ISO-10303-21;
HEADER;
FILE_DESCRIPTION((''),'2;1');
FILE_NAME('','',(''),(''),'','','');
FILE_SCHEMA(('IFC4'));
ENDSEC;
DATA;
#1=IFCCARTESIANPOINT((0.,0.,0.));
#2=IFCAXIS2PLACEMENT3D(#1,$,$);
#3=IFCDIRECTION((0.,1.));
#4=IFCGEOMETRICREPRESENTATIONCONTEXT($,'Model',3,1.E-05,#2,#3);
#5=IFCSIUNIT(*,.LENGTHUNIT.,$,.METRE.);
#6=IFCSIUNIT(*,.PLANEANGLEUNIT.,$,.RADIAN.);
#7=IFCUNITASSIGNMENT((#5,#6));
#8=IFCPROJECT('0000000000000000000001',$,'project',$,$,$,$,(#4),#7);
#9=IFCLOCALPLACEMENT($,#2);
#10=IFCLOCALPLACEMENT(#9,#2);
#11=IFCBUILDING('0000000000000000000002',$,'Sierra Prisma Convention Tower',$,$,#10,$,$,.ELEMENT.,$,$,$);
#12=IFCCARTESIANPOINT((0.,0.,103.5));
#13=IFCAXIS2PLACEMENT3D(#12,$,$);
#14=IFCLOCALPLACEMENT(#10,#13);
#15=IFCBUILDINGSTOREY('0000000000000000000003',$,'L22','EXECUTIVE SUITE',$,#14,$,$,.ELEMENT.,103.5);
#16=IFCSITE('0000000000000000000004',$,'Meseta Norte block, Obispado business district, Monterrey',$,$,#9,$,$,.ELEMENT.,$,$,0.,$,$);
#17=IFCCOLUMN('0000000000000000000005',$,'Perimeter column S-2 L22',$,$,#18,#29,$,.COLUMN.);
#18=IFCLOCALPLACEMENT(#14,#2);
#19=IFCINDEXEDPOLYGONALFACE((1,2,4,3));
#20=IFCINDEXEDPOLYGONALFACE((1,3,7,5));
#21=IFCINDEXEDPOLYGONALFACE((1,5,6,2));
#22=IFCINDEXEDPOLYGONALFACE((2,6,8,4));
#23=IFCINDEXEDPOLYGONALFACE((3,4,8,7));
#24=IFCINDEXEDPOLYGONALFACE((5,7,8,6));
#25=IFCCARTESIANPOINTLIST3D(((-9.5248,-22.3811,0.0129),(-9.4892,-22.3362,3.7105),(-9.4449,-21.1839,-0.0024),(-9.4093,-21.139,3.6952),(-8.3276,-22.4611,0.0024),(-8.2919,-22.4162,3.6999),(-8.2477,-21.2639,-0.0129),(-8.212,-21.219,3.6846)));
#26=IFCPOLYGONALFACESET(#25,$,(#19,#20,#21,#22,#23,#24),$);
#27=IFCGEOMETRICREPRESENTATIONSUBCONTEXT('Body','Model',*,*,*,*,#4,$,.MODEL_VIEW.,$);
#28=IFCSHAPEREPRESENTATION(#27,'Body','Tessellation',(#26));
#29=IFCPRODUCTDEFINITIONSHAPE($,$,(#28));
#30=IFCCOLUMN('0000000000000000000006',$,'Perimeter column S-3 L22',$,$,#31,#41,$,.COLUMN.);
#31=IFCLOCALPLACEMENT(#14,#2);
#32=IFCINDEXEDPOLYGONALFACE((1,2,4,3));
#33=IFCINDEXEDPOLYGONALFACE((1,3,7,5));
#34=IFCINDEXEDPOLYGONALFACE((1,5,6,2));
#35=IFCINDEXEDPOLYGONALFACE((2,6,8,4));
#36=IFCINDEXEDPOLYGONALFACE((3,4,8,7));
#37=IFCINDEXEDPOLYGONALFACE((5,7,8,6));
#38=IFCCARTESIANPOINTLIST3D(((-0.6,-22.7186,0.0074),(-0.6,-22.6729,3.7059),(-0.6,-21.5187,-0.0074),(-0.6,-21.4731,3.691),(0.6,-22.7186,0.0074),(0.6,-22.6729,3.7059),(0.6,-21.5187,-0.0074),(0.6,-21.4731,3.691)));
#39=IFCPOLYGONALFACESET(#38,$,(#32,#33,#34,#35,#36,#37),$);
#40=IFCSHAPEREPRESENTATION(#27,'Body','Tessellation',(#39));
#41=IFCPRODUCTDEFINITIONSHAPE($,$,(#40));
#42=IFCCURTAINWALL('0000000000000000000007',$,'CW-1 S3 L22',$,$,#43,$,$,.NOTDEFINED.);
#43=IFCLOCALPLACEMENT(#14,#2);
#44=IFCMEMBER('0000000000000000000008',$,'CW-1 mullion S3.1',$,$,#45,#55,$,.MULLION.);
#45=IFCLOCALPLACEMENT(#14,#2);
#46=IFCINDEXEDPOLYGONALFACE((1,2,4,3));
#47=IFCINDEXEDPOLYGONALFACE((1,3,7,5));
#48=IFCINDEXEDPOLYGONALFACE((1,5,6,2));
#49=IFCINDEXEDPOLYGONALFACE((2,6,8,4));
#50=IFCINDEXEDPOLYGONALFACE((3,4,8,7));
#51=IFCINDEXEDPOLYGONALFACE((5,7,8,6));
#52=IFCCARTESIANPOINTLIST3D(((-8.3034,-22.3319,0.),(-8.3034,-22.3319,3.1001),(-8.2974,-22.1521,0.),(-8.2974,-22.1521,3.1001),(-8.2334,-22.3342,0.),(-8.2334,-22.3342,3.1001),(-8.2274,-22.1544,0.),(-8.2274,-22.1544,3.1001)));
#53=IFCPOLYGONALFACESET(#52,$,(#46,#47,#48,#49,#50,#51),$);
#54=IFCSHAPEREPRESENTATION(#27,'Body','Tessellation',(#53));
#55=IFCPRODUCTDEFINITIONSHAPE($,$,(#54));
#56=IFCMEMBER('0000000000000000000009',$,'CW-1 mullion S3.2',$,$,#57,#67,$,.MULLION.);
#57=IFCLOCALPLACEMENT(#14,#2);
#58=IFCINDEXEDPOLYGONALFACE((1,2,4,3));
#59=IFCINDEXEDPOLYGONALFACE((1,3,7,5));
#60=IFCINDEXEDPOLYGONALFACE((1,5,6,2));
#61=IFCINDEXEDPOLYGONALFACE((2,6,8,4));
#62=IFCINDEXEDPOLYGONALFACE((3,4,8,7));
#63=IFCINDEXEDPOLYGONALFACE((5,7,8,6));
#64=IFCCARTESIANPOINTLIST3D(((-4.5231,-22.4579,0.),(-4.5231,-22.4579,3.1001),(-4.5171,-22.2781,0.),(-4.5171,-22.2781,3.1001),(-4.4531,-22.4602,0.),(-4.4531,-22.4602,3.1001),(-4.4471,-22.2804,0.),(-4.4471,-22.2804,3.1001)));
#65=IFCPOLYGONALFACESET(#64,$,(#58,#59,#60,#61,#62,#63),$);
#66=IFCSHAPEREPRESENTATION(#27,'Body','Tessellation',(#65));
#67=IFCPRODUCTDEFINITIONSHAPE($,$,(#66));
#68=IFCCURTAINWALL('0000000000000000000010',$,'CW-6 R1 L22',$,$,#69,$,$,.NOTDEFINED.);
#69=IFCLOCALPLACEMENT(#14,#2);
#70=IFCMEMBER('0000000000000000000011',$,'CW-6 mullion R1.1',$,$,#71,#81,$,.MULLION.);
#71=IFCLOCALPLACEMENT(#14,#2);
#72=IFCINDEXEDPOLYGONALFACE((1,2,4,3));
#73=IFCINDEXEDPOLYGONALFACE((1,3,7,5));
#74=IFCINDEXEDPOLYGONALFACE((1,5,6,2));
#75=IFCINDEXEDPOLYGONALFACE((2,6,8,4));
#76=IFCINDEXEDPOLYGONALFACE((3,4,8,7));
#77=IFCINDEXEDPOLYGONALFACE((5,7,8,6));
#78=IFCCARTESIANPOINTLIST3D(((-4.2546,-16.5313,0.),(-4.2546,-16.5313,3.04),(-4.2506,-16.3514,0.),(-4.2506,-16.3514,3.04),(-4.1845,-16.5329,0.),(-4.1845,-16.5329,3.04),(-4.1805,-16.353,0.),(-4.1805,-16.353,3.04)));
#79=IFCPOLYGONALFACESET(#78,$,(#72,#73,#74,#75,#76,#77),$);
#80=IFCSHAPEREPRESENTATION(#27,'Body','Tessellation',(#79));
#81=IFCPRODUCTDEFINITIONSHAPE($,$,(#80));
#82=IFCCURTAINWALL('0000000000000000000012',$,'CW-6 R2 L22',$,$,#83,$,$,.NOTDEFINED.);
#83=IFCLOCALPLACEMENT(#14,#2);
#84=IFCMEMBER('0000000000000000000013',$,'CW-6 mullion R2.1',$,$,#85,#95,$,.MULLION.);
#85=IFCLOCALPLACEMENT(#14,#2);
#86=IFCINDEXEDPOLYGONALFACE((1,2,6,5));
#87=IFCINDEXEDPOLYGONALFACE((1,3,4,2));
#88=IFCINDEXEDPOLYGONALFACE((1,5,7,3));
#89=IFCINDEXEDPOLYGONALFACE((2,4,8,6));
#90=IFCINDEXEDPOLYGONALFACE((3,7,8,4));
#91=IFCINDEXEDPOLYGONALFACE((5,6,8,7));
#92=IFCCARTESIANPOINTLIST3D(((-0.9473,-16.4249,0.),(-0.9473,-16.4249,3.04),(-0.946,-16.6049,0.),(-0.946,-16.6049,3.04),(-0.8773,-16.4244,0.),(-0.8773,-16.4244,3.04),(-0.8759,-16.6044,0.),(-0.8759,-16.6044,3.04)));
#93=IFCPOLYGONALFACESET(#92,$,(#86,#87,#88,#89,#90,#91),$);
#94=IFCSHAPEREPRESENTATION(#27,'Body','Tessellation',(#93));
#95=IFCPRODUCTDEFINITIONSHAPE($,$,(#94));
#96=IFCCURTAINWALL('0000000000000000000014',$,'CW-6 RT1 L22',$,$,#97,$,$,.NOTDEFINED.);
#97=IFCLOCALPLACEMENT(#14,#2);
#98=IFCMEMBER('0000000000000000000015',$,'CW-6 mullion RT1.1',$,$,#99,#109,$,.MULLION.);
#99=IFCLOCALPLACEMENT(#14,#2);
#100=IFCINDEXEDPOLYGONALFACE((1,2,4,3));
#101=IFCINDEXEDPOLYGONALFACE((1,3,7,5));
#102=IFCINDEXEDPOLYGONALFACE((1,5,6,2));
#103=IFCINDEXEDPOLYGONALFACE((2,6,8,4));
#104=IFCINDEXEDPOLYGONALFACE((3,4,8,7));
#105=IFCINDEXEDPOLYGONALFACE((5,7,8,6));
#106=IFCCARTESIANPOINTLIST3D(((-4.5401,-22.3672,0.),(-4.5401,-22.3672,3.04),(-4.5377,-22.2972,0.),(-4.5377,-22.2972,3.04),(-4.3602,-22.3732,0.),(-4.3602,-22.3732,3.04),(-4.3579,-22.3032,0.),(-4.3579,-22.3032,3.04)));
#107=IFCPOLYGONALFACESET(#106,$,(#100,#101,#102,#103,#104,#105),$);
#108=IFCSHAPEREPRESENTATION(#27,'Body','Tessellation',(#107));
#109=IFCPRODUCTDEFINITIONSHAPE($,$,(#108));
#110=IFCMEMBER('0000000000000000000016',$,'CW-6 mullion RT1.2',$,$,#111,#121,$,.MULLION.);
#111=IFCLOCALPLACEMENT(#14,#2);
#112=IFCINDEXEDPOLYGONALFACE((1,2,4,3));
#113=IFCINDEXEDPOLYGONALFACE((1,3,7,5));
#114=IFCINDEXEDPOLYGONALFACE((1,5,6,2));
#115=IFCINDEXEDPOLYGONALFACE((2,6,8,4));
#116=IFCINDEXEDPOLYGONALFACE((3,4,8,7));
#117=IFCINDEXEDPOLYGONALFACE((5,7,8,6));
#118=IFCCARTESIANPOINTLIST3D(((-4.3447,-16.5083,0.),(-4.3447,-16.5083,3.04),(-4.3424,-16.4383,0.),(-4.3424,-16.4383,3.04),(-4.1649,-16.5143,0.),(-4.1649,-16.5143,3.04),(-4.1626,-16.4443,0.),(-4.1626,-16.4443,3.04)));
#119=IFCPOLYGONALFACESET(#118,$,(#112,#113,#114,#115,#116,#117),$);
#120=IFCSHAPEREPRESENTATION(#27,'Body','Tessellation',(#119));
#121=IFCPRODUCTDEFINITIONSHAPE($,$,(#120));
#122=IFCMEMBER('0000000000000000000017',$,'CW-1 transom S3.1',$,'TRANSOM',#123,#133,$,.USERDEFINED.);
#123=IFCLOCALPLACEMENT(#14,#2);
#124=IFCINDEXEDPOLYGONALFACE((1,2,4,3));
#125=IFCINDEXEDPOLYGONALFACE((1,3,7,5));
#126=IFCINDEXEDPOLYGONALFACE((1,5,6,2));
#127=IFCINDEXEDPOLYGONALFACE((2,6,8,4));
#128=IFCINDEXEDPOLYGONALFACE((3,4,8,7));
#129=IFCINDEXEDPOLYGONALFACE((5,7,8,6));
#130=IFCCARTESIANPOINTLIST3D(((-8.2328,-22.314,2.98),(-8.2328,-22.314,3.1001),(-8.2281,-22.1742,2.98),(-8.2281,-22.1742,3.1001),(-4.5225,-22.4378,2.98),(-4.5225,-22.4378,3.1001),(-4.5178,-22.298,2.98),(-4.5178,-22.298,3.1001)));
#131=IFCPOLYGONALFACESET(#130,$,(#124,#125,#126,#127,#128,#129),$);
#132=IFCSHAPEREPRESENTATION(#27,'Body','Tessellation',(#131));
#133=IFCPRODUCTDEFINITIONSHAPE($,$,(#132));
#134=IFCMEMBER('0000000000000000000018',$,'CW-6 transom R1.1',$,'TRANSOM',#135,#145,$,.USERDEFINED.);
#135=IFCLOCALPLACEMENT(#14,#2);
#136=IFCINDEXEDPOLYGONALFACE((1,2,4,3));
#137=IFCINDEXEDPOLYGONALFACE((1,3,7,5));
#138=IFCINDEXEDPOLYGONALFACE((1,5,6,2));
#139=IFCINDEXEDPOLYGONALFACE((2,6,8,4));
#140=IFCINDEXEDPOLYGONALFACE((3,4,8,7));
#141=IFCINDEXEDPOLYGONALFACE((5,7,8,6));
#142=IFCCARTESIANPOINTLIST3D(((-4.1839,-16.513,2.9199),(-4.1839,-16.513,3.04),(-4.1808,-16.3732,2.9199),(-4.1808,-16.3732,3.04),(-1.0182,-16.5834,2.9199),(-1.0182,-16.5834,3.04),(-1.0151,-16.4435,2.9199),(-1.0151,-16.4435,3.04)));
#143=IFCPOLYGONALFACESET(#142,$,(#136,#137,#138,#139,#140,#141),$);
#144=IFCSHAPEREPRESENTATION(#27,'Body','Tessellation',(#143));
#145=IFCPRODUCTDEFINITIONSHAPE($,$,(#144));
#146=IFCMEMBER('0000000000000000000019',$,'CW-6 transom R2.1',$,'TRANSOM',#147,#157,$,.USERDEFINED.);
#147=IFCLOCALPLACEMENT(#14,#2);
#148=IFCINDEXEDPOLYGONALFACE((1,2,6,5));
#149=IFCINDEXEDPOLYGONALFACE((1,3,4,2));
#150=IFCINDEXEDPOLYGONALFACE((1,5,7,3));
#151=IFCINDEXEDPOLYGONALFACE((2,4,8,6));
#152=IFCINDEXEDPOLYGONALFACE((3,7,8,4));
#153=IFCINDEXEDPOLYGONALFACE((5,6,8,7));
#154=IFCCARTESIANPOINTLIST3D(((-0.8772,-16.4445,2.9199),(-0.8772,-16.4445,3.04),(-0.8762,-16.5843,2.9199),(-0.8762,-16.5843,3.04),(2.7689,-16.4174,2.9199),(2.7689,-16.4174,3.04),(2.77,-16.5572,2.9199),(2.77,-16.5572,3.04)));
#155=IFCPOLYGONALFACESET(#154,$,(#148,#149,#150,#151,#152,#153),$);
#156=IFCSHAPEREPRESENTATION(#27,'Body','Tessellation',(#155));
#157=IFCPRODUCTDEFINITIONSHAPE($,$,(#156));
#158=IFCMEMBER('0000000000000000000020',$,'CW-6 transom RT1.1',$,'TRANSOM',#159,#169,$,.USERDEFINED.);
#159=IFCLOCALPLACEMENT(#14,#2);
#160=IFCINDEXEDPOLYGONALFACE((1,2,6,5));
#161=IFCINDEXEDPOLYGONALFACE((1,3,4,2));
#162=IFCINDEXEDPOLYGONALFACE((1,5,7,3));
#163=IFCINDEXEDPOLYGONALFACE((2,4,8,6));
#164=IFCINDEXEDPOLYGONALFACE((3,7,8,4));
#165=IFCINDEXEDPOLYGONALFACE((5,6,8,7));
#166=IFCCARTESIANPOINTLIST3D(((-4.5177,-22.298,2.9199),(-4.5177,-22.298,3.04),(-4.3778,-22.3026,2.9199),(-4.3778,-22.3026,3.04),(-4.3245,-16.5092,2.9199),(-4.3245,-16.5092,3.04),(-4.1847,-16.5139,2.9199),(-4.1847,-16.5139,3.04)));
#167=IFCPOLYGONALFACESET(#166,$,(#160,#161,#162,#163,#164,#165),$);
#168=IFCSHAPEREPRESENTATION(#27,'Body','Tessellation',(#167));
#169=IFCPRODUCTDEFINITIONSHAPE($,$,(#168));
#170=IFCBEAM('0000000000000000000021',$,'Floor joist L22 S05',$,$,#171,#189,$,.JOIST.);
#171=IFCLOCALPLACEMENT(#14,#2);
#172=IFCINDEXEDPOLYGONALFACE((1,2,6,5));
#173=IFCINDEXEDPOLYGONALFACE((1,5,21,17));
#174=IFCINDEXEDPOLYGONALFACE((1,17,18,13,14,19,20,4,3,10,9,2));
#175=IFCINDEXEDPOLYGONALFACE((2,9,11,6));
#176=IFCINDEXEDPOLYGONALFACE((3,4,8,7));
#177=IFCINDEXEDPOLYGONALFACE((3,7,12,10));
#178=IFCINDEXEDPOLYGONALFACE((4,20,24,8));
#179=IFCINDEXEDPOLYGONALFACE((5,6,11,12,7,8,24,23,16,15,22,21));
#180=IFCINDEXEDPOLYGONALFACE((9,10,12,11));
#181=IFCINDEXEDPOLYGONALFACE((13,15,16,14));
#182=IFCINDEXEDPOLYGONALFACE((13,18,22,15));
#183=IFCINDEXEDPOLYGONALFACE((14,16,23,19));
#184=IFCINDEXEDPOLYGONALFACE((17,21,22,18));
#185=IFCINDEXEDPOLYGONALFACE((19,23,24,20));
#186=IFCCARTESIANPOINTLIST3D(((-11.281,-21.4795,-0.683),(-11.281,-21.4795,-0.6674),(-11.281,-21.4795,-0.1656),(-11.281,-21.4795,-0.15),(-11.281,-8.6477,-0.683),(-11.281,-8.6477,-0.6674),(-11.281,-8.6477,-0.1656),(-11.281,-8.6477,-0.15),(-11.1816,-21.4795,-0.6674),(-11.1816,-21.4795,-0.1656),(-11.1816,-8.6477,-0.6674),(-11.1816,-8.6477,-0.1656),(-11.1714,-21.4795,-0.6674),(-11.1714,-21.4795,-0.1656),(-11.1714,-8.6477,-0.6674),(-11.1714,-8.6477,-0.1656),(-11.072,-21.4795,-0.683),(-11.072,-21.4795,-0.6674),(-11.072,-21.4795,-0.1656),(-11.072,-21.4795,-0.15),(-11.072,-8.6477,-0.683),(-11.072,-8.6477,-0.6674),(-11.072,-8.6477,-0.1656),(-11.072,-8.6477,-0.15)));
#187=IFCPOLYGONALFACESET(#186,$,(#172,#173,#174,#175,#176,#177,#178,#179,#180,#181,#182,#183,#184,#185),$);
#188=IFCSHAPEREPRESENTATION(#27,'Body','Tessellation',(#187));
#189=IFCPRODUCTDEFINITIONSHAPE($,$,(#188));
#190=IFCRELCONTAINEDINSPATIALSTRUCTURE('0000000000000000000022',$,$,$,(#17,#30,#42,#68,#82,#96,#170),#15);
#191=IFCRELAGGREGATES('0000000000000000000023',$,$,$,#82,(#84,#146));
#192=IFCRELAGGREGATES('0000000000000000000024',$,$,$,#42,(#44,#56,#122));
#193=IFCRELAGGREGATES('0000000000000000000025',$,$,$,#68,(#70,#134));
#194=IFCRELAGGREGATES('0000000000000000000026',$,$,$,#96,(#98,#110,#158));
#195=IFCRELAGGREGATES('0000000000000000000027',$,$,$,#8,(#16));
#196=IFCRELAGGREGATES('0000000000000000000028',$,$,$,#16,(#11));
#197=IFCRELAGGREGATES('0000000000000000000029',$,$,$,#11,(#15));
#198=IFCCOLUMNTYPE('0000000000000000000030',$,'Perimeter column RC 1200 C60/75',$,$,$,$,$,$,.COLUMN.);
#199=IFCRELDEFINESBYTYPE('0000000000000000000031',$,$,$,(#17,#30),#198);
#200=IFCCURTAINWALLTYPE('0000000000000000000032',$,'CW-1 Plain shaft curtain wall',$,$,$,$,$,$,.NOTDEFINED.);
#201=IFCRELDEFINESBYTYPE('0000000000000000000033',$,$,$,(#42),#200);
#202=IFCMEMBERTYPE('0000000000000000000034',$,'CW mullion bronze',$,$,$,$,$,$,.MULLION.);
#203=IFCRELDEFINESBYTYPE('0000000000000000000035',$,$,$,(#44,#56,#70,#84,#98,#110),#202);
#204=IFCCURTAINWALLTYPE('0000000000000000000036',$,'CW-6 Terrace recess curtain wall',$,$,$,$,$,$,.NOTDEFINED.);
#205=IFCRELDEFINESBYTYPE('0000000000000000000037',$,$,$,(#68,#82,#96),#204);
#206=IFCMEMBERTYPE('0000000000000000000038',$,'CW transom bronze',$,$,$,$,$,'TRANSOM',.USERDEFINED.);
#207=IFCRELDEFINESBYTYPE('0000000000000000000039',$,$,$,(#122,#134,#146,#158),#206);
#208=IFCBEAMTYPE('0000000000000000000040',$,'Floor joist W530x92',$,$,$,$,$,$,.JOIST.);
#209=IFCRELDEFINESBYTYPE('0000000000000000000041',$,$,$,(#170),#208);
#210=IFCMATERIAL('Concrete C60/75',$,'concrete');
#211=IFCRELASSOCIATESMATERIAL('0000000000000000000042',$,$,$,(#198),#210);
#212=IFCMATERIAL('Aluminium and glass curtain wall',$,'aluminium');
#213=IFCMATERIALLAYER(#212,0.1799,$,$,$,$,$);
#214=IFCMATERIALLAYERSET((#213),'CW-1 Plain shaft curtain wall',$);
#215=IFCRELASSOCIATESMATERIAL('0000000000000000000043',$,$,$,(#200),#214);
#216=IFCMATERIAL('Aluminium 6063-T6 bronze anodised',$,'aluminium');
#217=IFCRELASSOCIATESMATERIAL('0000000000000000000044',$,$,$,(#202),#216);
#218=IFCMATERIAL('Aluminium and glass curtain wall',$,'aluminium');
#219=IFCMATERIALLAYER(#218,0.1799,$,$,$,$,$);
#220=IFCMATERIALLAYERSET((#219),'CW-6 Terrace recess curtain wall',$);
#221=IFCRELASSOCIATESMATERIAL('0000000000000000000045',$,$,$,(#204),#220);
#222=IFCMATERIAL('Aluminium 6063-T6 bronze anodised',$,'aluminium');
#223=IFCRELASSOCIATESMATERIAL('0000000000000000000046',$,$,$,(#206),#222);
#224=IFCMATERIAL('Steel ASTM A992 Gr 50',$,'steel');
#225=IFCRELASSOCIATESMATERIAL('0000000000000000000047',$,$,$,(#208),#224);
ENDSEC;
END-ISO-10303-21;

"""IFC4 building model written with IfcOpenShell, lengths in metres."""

from ifc_helpers import new_model, si_unit, direction, frame, origin, origin_2d, place, context, subcontext, project, spatial, rectangle, i_section, extrude, clip, halfspace, material, layer, layer_set, material_profile, profile_set, type_object, element, aggregate, save


model = new_model("IFC4")

# Units and contexts
model_context = context("Model", 3, precision=1e-05, world=origin(), true_north=direction((0.0, 1.0)))
body_context = subcontext(model_context, "Body", "Model", "MODEL_VIEW")
ifc_project = project(units=[si_unit("LENGTHUNIT", "METRE"), si_unit("PLANEANGLEUNIT", "RADIAN")], contexts=[model_context])

# Site, building, storey
site_placement = place(None, origin())
site = spatial("IfcSite", under=ifc_project, at=site_placement, Name="Meseta Norte block, Obispado business district, Monterrey", CompositionType="ELEMENT", RefElevation=0.0)
building_placement = place(site_placement, origin())
building = spatial("IfcBuilding", under=site, at=building_placement, Name="Sierra Prisma Convention Tower", CompositionType="ELEMENT")
storey_placement = place(building_placement, frame((0.0, 0.0, 103.5)))
storey = spatial("IfcBuildingStorey", under=building, at=storey_placement, Name="L22", Description="EXECUTIVE SUITE", CompositionType="ELEMENT", Elevation=103.5)

# Columns
ifc_material_1 = material(Name="Concrete C60/75", Category="concrete")
ifc_material_profile_1 = material_profile(ifc_material_1, rectangle(XDim=1.2, YDim=1.2, at=origin_2d()), Name="Perimeter column RC 1200 C60/75")
ifc_profile_set_1 = profile_set([ifc_material_profile_1], Name="Concrete C60/75")
column_type = type_object("IfcColumnType", Name="Perimeter column RC 1200 C60/75", PredefinedType="COLUMN", material=ifc_profile_set_1)
column_1_placement = place(storey_placement, frame((-8.8862, -21.8225, 0.0), z_axis=(0.009633, 0.01214, 0.99988), x_axis=(-0.997734, 0.066703, 0.008802)))
element("IfcColumn", 1, at=column_1_placement, inside=storey, type_object=column_type, Name="Perimeter column S-2 L22", PredefinedType="COLUMN", context=body_context, shape_type="SweptSolid", body=[
    clip(extrude(rectangle(XDim=1.2, YDim=1.2, at=origin_2d()), origin(), (0.0, 0.0, 1.0), 3.7004), halfspace(frame((0.0, 0.0, 3.698)), False)),
])
column_2_placement = place(storey_placement, frame((0.0, -22.1187, 0.0), z_axis=(0.0, 0.012338, 0.999924), x_axis=(1.0, 0.0, 0.0)))
element("IfcColumn", 2, at=column_2_placement, inside=storey, type_object=column_type, Name="Perimeter column S-3 L22", PredefinedType="COLUMN", context=body_context, shape_type="SweptSolid", body=[
    clip(extrude(rectangle(XDim=1.2, YDim=1.2, at=origin_2d()), origin(), (0.0, 0.0, 1.0), 3.7002), halfspace(frame((0.0, 0.0, 3.6987)), False)),
])

# Curtain wall, members
ifc_material_2 = material(Name="Aluminium and glass curtain wall", Category="aluminium")
ifc_layer_1 = layer(ifc_material_2, 0.1799)
ifc_layer_set_1 = layer_set([ifc_layer_1], Name="CW-1 Plain shaft curtain wall")
curtain_wall_type_1 = type_object("IfcCurtainWallType", Name="CW-1 Plain shaft curtain wall", PredefinedType="NOTDEFINED", material=ifc_layer_set_1)
curtain_wall_1_placement = place(storey_placement, origin())
curtain_wall_1 = element("IfcCurtainWall", 3, at=curtain_wall_1_placement, inside=storey, type_object=curtain_wall_type_1, Name="CW-1 S3 L22", PredefinedType="NOTDEFINED")
ifc_material_3 = material(Name="Aluminium 6063-T6 bronze anodised", Category="aluminium")
ifc_material_profile_2 = material_profile(ifc_material_3, rectangle(XDim=0.1799, YDim=0.0701, at=origin_2d()), Name="ALU MULLION 70x180")
ifc_profile_set_2 = profile_set([ifc_material_profile_2], Name="Aluminium 6063-T6 bronze anodised")
member_type_1 = type_object("IfcMemberType", Name="CW mullion bronze", PredefinedType="MULLION", material=ifc_profile_set_2)
member_1_placement = place(storey_placement, frame((-8.2654, -22.2432, 0.0), z_axis=(0.0, 0.0, 1.0), x_axis=(0.033314, 0.999445, 0.0)))
member_1 = element("IfcMember", 4, at=member_1_placement, type_object=member_type_1, Name="CW-1 mullion S3.1", PredefinedType="MULLION", context=body_context, shape_type="SweptSolid", body=[
    extrude(rectangle(XDim=0.1799, YDim=0.0701, at=origin_2d()), origin(), (0.0, 0.0, 1.0), 3.1001),
])
member_2_placement = place(storey_placement, frame((-4.4851, -22.3691, 0.0), z_axis=(0.0, 0.0, 1.0), x_axis=(0.033314, 0.999445, 0.0)))
member_2 = element("IfcMember", 5, at=member_2_placement, type_object=member_type_1, Name="CW-1 mullion S3.2", PredefinedType="MULLION", context=body_context, shape_type="SweptSolid", body=[
    extrude(rectangle(XDim=0.1799, YDim=0.0701, at=origin_2d()), origin(), (0.0, 0.0, 1.0), 3.1001),
])

# Curtain walls, members
ifc_material_4 = material(Name="Aluminium and glass curtain wall", Category="aluminium")
ifc_layer_2 = layer(ifc_material_4, 0.1799)
ifc_layer_set_2 = layer_set([ifc_layer_2], Name="CW-6 Terrace recess curtain wall")
curtain_wall_type_2 = type_object("IfcCurtainWallType", Name="CW-6 Terrace recess curtain wall", PredefinedType="NOTDEFINED", material=ifc_layer_set_2)
curtain_wall_2_placement = place(storey_placement, origin())
curtain_wall_2 = element("IfcCurtainWall", 6, at=curtain_wall_2_placement, inside=storey, type_object=curtain_wall_type_2, Name="CW-6 R1 L22", PredefinedType="NOTDEFINED")
member_3_placement = place(storey_placement, frame((-4.2175, -16.4421, 0.0), z_axis=(0.0, 0.0, 1.0), x_axis=(0.022211, 0.999753, 0.0)))
member_3 = element("IfcMember", 7, at=member_3_placement, type_object=member_type_1, Name="CW-6 mullion R1.1", PredefinedType="MULLION", context=body_context, shape_type="SweptSolid", body=[
    extrude(rectangle(XDim=0.1799, YDim=0.0701, at=origin_2d()), origin(), (0.0, 0.0, 1.0), 3.04),
])
curtain_wall_3_placement = place(storey_placement, origin())
curtain_wall_3 = element("IfcCurtainWall", 8, at=curtain_wall_3_placement, inside=storey, type_object=curtain_wall_type_2, Name="CW-6 R2 L22", PredefinedType="NOTDEFINED")
member_4_placement = place(storey_placement, frame((-0.9116, -16.5146, 0.0), z_axis=(0.0, 0.0, 1.0), x_axis=(-0.007404, 0.999973, 0.0)))
member_4 = element("IfcMember", 9, at=member_4_placement, type_object=member_type_1, Name="CW-6 mullion R2.1", PredefinedType="MULLION", context=body_context, shape_type="SweptSolid", body=[
    extrude(rectangle(XDim=0.1799, YDim=0.0701, at=origin_2d()), origin(), (0.0, 0.0, 1.0), 3.04),
])

# Curtain wall, members
curtain_wall_4_placement = place(storey_placement, origin())
curtain_wall_4 = element("IfcCurtainWall", 10, at=curtain_wall_4_placement, inside=storey, type_object=curtain_wall_type_2, Name="CW-6 RT1 L22", PredefinedType="NOTDEFINED")
member_5_placement = place(storey_placement, frame((-4.449, -22.3352, 0.0), z_axis=(0.0, 0.0, 1.0), x_axis=(-0.999445, 0.033314, 0.0)))
member_5 = element("IfcMember", 11, at=member_5_placement, type_object=member_type_1, Name="CW-6 mullion RT1.1", PredefinedType="MULLION", context=body_context, shape_type="SweptSolid", body=[
    extrude(rectangle(XDim=0.1799, YDim=0.0701, at=origin_2d()), origin(), (0.0, 0.0, 1.0), 3.04),
])
member_6_placement = place(storey_placement, frame((-4.2537, -16.4763, 0.0), z_axis=(0.0, 0.0, 1.0), x_axis=(-0.999445, 0.033314, 0.0)))
member_6 = element("IfcMember", 12, at=member_6_placement, type_object=member_type_1, Name="CW-6 mullion RT1.2", PredefinedType="MULLION", context=body_context, shape_type="SweptSolid", body=[
    extrude(rectangle(XDim=0.1799, YDim=0.0701, at=origin_2d()), origin(), (0.0, 0.0, 1.0), 3.04),
])

# Members
ifc_material_5 = material(Name="Aluminium 6063-T6 bronze anodised", Category="aluminium")
ifc_material_profile_3 = material_profile(ifc_material_5, rectangle(XDim=0.1399, YDim=0.1201, at=origin_2d()), Name="ALU TRANSOM 120x140")
ifc_profile_set_3 = profile_set([ifc_material_profile_3], Name="Aluminium 6063-T6 bronze anodised")
member_type_2 = type_object("IfcMemberType", Name="CW transom bronze", ElementType="TRANSOM", PredefinedType="USERDEFINED", material=ifc_profile_set_3)
member_7_placement = place(storey_placement, frame((-8.2305, -22.2441, 3.04), z_axis=(0.999444, -0.033341, 0.0), x_axis=(0.033341, 0.999444, 0.0)))
member_7 = element("IfcMember", 13, at=member_7_placement, type_object=member_type_2, Name="CW-1 transom S3.1", ObjectType="TRANSOM", PredefinedType="USERDEFINED", context=body_context, shape_type="SweptSolid", body=[
    extrude(rectangle(XDim=0.1399, YDim=0.1201, at=origin_2d()), origin(), (0.0, 0.0, 1.0), 3.7124),
])
member_8_placement = place(storey_placement, frame((-4.1824, -16.4431, 2.98), z_axis=(0.999753, -0.022205, 0.0), x_axis=(0.022205, 0.999753, 0.0)))
member_8 = element("IfcMember", 14, at=member_8_placement, type_object=member_type_2, Name="CW-6 transom R1.1", ObjectType="TRANSOM", PredefinedType="USERDEFINED", context=body_context, shape_type="SweptSolid", body=[
    extrude(rectangle(XDim=0.1399, YDim=0.1201, at=origin_2d()), origin(), (0.0, 0.0, 1.0), 3.1665),
])
member_9_placement = place(storey_placement, frame((-0.8767, -16.5144, 2.98), z_axis=(0.999972, 0.007432, 0.0), x_axis=(-0.007432, 0.999972, 0.0)))
member_9 = element("IfcMember", 15, at=member_9_placement, type_object=member_type_2, Name="CW-6 transom R2.1", ObjectType="TRANSOM", PredefinedType="USERDEFINED", context=body_context, shape_type="SweptSolid", body=[
    extrude(rectangle(XDim=0.1399, YDim=0.1201, at=origin_2d()), origin(), (0.0, 0.0, 1.0), 3.6462),
])
aggregate(curtain_wall_3, [member_4, member_9])
member_10_placement = place(storey_placement, frame((-4.4478, -22.3003, 2.98), z_axis=(0.033341, 0.999444, 0.0), x_axis=(-0.999444, 0.033341, 0.0)))
member_10 = element("IfcMember", 16, at=member_10_placement, type_object=member_type_2, Name="CW-6 transom RT1.1", ObjectType="TRANSOM", PredefinedType="USERDEFINED", context=body_context, shape_type="SweptSolid", body=[
    extrude(rectangle(XDim=0.1399, YDim=0.1201, at=origin_2d()), origin(), (0.0, 0.0, 1.0), 5.792),
])

# Beam
ifc_material_6 = material(Name="Steel ASTM A992 Gr 50", Category="steel")
ifc_material_profile_4 = material_profile(ifc_material_6, i_section(OverallWidth=0.209, OverallDepth=0.533, WebThickness=0.0103, FlangeThickness=0.0156, at=origin_2d()), Name="W530x92")
ifc_profile_set_4 = profile_set([ifc_material_profile_4], Name="Steel ASTM A992 Gr 50")
beam_type_1 = type_object("IfcBeamType", Name="Floor joist W530x92", PredefinedType="JOIST", material=ifc_profile_set_4)
beam_1_placement = place(storey_placement, frame((-11.1765, -21.4795, -0.4165), z_axis=(0.0, 1.0, 0.0), x_axis=(-1.0, 0.0, 0.0)))
element("IfcBeam", 17, at=beam_1_placement, inside=storey, type_object=beam_type_1, Name="Floor joist L22 S05", PredefinedType="JOIST", context=body_context, shape_type="SweptSolid", body=[
    extrude(i_section(OverallWidth=0.209, OverallDepth=0.533, WebThickness=0.0103, FlangeThickness=0.0156, at=origin_2d()), origin(), (0.0, 0.0, 1.0), 12.8318),
])

aggregate(curtain_wall_1, [member_1, member_2, member_7])
aggregate(curtain_wall_2, [member_3, member_8])
aggregate(curtain_wall_4, [member_5, member_6, member_10])

save(model, "model.ifc")
